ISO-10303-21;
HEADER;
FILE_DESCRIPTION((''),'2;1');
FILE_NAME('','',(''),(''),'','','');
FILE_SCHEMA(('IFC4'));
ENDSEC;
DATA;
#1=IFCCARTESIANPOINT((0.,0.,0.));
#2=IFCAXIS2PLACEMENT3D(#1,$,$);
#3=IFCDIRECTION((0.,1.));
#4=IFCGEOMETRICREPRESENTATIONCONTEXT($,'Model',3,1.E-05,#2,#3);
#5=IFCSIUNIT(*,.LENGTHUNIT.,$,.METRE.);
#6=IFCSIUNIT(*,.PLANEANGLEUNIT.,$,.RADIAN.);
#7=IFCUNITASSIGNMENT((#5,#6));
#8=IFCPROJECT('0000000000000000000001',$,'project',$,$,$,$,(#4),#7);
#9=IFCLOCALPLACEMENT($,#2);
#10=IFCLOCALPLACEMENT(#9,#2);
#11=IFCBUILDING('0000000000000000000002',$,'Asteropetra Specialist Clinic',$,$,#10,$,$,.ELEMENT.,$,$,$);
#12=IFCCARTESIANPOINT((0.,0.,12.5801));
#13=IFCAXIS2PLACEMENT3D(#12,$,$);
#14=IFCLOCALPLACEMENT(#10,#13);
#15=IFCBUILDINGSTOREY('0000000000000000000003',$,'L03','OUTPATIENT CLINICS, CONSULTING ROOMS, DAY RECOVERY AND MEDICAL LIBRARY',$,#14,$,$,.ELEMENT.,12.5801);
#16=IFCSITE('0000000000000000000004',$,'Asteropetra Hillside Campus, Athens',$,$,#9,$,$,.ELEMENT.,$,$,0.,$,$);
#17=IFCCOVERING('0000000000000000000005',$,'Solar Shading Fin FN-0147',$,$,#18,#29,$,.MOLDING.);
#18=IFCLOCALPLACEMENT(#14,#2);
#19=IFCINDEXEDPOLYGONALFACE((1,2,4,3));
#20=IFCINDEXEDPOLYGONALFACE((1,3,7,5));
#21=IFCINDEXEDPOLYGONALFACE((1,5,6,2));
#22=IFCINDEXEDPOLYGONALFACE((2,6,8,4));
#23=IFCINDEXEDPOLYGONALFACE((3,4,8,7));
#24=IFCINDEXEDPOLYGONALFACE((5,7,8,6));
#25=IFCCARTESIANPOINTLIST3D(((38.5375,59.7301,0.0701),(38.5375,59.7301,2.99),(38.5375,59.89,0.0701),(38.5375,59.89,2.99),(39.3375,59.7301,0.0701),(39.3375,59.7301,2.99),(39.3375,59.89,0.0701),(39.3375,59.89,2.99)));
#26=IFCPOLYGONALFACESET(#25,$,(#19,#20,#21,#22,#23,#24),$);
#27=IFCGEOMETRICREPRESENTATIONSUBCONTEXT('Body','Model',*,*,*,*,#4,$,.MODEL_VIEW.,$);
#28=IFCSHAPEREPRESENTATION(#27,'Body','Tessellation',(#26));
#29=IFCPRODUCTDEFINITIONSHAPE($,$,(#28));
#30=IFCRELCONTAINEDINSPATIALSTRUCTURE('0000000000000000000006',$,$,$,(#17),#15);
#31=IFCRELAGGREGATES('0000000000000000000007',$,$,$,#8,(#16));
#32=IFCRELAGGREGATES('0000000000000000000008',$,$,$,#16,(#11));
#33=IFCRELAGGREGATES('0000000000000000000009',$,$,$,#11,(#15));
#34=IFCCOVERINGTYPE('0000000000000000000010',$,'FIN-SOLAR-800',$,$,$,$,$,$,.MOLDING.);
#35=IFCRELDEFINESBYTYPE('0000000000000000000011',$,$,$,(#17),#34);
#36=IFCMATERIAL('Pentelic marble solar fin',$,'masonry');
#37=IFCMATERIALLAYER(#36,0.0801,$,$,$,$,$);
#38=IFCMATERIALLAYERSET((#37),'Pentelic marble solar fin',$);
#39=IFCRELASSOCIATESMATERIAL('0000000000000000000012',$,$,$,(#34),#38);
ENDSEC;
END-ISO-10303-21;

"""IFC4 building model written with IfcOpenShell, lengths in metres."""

from ifc_helpers import new_model, si_unit, direction, frame, origin, origin_2d, place, context, subcontext, project, spatial, rectangle, extrude, material, layer, layer_set, type_object, element, save


model = new_model("IFC4")

# Units and contexts
model_context = context("Model", 3, precision=1e-05, world=origin(), true_north=direction((0.0, 1.0)))
body_context = subcontext(model_context, "Body", "Model", "MODEL_VIEW")
ifc_project = project(units=[si_unit("LENGTHUNIT", "METRE"), si_unit("PLANEANGLEUNIT", "RADIAN")], contexts=[model_context])

# Site, building, storey
site_placement = place(None, origin())
site = spatial("IfcSite", under=ifc_project, at=site_placement, Name="Asteropetra Hillside Campus, Athens", CompositionType="ELEMENT", RefElevation=0.0)
building_placement = place(site_placement, origin())
building = spatial("IfcBuilding", under=site, at=building_placement, Name="Asteropetra Specialist Clinic", CompositionType="ELEMENT")
storey_placement = place(building_placement, frame((0.0, 0.0, 12.5801)))
storey = spatial("IfcBuildingStorey", under=building, at=storey_placement, Name="L03", Description="OUTPATIENT CLINICS, CONSULTING ROOMS, DAY RECOVERY AND MEDICAL LIBRARY", CompositionType="ELEMENT", Elevation=12.5801)

# Covering
ifc_material_1 = material(Name="Pentelic marble solar fin", Category="masonry")
ifc_layer_1 = layer(ifc_material_1, 0.0801)
ifc_layer_set_1 = layer_set([ifc_layer_1], Name="Pentelic marble solar fin")
covering_type_1 = type_object("IfcCoveringType", Name="FIN-SOLAR-800", PredefinedType="MOLDING", material=ifc_layer_set_1)
covering_1_placement = place(storey_placement, frame((38.9375, 59.8101, 0.0701), z_axis=(0.0, 0.0, 1.0), x_axis=(1.0, 0.0, 0.0)))
element("IfcCovering", 1, at=covering_1_placement, inside=storey, type_object=covering_type_1, Name="Solar Shading Fin FN-0147", PredefinedType="MOLDING", context=body_context, shape_type="SweptSolid", body=[
    extrude(rectangle(XDim=0.8, YDim=0.1599, at=origin_2d()), origin(), (0.0, 0.0, 1.0), 2.9199),
])

save(model, "model.ifc")
